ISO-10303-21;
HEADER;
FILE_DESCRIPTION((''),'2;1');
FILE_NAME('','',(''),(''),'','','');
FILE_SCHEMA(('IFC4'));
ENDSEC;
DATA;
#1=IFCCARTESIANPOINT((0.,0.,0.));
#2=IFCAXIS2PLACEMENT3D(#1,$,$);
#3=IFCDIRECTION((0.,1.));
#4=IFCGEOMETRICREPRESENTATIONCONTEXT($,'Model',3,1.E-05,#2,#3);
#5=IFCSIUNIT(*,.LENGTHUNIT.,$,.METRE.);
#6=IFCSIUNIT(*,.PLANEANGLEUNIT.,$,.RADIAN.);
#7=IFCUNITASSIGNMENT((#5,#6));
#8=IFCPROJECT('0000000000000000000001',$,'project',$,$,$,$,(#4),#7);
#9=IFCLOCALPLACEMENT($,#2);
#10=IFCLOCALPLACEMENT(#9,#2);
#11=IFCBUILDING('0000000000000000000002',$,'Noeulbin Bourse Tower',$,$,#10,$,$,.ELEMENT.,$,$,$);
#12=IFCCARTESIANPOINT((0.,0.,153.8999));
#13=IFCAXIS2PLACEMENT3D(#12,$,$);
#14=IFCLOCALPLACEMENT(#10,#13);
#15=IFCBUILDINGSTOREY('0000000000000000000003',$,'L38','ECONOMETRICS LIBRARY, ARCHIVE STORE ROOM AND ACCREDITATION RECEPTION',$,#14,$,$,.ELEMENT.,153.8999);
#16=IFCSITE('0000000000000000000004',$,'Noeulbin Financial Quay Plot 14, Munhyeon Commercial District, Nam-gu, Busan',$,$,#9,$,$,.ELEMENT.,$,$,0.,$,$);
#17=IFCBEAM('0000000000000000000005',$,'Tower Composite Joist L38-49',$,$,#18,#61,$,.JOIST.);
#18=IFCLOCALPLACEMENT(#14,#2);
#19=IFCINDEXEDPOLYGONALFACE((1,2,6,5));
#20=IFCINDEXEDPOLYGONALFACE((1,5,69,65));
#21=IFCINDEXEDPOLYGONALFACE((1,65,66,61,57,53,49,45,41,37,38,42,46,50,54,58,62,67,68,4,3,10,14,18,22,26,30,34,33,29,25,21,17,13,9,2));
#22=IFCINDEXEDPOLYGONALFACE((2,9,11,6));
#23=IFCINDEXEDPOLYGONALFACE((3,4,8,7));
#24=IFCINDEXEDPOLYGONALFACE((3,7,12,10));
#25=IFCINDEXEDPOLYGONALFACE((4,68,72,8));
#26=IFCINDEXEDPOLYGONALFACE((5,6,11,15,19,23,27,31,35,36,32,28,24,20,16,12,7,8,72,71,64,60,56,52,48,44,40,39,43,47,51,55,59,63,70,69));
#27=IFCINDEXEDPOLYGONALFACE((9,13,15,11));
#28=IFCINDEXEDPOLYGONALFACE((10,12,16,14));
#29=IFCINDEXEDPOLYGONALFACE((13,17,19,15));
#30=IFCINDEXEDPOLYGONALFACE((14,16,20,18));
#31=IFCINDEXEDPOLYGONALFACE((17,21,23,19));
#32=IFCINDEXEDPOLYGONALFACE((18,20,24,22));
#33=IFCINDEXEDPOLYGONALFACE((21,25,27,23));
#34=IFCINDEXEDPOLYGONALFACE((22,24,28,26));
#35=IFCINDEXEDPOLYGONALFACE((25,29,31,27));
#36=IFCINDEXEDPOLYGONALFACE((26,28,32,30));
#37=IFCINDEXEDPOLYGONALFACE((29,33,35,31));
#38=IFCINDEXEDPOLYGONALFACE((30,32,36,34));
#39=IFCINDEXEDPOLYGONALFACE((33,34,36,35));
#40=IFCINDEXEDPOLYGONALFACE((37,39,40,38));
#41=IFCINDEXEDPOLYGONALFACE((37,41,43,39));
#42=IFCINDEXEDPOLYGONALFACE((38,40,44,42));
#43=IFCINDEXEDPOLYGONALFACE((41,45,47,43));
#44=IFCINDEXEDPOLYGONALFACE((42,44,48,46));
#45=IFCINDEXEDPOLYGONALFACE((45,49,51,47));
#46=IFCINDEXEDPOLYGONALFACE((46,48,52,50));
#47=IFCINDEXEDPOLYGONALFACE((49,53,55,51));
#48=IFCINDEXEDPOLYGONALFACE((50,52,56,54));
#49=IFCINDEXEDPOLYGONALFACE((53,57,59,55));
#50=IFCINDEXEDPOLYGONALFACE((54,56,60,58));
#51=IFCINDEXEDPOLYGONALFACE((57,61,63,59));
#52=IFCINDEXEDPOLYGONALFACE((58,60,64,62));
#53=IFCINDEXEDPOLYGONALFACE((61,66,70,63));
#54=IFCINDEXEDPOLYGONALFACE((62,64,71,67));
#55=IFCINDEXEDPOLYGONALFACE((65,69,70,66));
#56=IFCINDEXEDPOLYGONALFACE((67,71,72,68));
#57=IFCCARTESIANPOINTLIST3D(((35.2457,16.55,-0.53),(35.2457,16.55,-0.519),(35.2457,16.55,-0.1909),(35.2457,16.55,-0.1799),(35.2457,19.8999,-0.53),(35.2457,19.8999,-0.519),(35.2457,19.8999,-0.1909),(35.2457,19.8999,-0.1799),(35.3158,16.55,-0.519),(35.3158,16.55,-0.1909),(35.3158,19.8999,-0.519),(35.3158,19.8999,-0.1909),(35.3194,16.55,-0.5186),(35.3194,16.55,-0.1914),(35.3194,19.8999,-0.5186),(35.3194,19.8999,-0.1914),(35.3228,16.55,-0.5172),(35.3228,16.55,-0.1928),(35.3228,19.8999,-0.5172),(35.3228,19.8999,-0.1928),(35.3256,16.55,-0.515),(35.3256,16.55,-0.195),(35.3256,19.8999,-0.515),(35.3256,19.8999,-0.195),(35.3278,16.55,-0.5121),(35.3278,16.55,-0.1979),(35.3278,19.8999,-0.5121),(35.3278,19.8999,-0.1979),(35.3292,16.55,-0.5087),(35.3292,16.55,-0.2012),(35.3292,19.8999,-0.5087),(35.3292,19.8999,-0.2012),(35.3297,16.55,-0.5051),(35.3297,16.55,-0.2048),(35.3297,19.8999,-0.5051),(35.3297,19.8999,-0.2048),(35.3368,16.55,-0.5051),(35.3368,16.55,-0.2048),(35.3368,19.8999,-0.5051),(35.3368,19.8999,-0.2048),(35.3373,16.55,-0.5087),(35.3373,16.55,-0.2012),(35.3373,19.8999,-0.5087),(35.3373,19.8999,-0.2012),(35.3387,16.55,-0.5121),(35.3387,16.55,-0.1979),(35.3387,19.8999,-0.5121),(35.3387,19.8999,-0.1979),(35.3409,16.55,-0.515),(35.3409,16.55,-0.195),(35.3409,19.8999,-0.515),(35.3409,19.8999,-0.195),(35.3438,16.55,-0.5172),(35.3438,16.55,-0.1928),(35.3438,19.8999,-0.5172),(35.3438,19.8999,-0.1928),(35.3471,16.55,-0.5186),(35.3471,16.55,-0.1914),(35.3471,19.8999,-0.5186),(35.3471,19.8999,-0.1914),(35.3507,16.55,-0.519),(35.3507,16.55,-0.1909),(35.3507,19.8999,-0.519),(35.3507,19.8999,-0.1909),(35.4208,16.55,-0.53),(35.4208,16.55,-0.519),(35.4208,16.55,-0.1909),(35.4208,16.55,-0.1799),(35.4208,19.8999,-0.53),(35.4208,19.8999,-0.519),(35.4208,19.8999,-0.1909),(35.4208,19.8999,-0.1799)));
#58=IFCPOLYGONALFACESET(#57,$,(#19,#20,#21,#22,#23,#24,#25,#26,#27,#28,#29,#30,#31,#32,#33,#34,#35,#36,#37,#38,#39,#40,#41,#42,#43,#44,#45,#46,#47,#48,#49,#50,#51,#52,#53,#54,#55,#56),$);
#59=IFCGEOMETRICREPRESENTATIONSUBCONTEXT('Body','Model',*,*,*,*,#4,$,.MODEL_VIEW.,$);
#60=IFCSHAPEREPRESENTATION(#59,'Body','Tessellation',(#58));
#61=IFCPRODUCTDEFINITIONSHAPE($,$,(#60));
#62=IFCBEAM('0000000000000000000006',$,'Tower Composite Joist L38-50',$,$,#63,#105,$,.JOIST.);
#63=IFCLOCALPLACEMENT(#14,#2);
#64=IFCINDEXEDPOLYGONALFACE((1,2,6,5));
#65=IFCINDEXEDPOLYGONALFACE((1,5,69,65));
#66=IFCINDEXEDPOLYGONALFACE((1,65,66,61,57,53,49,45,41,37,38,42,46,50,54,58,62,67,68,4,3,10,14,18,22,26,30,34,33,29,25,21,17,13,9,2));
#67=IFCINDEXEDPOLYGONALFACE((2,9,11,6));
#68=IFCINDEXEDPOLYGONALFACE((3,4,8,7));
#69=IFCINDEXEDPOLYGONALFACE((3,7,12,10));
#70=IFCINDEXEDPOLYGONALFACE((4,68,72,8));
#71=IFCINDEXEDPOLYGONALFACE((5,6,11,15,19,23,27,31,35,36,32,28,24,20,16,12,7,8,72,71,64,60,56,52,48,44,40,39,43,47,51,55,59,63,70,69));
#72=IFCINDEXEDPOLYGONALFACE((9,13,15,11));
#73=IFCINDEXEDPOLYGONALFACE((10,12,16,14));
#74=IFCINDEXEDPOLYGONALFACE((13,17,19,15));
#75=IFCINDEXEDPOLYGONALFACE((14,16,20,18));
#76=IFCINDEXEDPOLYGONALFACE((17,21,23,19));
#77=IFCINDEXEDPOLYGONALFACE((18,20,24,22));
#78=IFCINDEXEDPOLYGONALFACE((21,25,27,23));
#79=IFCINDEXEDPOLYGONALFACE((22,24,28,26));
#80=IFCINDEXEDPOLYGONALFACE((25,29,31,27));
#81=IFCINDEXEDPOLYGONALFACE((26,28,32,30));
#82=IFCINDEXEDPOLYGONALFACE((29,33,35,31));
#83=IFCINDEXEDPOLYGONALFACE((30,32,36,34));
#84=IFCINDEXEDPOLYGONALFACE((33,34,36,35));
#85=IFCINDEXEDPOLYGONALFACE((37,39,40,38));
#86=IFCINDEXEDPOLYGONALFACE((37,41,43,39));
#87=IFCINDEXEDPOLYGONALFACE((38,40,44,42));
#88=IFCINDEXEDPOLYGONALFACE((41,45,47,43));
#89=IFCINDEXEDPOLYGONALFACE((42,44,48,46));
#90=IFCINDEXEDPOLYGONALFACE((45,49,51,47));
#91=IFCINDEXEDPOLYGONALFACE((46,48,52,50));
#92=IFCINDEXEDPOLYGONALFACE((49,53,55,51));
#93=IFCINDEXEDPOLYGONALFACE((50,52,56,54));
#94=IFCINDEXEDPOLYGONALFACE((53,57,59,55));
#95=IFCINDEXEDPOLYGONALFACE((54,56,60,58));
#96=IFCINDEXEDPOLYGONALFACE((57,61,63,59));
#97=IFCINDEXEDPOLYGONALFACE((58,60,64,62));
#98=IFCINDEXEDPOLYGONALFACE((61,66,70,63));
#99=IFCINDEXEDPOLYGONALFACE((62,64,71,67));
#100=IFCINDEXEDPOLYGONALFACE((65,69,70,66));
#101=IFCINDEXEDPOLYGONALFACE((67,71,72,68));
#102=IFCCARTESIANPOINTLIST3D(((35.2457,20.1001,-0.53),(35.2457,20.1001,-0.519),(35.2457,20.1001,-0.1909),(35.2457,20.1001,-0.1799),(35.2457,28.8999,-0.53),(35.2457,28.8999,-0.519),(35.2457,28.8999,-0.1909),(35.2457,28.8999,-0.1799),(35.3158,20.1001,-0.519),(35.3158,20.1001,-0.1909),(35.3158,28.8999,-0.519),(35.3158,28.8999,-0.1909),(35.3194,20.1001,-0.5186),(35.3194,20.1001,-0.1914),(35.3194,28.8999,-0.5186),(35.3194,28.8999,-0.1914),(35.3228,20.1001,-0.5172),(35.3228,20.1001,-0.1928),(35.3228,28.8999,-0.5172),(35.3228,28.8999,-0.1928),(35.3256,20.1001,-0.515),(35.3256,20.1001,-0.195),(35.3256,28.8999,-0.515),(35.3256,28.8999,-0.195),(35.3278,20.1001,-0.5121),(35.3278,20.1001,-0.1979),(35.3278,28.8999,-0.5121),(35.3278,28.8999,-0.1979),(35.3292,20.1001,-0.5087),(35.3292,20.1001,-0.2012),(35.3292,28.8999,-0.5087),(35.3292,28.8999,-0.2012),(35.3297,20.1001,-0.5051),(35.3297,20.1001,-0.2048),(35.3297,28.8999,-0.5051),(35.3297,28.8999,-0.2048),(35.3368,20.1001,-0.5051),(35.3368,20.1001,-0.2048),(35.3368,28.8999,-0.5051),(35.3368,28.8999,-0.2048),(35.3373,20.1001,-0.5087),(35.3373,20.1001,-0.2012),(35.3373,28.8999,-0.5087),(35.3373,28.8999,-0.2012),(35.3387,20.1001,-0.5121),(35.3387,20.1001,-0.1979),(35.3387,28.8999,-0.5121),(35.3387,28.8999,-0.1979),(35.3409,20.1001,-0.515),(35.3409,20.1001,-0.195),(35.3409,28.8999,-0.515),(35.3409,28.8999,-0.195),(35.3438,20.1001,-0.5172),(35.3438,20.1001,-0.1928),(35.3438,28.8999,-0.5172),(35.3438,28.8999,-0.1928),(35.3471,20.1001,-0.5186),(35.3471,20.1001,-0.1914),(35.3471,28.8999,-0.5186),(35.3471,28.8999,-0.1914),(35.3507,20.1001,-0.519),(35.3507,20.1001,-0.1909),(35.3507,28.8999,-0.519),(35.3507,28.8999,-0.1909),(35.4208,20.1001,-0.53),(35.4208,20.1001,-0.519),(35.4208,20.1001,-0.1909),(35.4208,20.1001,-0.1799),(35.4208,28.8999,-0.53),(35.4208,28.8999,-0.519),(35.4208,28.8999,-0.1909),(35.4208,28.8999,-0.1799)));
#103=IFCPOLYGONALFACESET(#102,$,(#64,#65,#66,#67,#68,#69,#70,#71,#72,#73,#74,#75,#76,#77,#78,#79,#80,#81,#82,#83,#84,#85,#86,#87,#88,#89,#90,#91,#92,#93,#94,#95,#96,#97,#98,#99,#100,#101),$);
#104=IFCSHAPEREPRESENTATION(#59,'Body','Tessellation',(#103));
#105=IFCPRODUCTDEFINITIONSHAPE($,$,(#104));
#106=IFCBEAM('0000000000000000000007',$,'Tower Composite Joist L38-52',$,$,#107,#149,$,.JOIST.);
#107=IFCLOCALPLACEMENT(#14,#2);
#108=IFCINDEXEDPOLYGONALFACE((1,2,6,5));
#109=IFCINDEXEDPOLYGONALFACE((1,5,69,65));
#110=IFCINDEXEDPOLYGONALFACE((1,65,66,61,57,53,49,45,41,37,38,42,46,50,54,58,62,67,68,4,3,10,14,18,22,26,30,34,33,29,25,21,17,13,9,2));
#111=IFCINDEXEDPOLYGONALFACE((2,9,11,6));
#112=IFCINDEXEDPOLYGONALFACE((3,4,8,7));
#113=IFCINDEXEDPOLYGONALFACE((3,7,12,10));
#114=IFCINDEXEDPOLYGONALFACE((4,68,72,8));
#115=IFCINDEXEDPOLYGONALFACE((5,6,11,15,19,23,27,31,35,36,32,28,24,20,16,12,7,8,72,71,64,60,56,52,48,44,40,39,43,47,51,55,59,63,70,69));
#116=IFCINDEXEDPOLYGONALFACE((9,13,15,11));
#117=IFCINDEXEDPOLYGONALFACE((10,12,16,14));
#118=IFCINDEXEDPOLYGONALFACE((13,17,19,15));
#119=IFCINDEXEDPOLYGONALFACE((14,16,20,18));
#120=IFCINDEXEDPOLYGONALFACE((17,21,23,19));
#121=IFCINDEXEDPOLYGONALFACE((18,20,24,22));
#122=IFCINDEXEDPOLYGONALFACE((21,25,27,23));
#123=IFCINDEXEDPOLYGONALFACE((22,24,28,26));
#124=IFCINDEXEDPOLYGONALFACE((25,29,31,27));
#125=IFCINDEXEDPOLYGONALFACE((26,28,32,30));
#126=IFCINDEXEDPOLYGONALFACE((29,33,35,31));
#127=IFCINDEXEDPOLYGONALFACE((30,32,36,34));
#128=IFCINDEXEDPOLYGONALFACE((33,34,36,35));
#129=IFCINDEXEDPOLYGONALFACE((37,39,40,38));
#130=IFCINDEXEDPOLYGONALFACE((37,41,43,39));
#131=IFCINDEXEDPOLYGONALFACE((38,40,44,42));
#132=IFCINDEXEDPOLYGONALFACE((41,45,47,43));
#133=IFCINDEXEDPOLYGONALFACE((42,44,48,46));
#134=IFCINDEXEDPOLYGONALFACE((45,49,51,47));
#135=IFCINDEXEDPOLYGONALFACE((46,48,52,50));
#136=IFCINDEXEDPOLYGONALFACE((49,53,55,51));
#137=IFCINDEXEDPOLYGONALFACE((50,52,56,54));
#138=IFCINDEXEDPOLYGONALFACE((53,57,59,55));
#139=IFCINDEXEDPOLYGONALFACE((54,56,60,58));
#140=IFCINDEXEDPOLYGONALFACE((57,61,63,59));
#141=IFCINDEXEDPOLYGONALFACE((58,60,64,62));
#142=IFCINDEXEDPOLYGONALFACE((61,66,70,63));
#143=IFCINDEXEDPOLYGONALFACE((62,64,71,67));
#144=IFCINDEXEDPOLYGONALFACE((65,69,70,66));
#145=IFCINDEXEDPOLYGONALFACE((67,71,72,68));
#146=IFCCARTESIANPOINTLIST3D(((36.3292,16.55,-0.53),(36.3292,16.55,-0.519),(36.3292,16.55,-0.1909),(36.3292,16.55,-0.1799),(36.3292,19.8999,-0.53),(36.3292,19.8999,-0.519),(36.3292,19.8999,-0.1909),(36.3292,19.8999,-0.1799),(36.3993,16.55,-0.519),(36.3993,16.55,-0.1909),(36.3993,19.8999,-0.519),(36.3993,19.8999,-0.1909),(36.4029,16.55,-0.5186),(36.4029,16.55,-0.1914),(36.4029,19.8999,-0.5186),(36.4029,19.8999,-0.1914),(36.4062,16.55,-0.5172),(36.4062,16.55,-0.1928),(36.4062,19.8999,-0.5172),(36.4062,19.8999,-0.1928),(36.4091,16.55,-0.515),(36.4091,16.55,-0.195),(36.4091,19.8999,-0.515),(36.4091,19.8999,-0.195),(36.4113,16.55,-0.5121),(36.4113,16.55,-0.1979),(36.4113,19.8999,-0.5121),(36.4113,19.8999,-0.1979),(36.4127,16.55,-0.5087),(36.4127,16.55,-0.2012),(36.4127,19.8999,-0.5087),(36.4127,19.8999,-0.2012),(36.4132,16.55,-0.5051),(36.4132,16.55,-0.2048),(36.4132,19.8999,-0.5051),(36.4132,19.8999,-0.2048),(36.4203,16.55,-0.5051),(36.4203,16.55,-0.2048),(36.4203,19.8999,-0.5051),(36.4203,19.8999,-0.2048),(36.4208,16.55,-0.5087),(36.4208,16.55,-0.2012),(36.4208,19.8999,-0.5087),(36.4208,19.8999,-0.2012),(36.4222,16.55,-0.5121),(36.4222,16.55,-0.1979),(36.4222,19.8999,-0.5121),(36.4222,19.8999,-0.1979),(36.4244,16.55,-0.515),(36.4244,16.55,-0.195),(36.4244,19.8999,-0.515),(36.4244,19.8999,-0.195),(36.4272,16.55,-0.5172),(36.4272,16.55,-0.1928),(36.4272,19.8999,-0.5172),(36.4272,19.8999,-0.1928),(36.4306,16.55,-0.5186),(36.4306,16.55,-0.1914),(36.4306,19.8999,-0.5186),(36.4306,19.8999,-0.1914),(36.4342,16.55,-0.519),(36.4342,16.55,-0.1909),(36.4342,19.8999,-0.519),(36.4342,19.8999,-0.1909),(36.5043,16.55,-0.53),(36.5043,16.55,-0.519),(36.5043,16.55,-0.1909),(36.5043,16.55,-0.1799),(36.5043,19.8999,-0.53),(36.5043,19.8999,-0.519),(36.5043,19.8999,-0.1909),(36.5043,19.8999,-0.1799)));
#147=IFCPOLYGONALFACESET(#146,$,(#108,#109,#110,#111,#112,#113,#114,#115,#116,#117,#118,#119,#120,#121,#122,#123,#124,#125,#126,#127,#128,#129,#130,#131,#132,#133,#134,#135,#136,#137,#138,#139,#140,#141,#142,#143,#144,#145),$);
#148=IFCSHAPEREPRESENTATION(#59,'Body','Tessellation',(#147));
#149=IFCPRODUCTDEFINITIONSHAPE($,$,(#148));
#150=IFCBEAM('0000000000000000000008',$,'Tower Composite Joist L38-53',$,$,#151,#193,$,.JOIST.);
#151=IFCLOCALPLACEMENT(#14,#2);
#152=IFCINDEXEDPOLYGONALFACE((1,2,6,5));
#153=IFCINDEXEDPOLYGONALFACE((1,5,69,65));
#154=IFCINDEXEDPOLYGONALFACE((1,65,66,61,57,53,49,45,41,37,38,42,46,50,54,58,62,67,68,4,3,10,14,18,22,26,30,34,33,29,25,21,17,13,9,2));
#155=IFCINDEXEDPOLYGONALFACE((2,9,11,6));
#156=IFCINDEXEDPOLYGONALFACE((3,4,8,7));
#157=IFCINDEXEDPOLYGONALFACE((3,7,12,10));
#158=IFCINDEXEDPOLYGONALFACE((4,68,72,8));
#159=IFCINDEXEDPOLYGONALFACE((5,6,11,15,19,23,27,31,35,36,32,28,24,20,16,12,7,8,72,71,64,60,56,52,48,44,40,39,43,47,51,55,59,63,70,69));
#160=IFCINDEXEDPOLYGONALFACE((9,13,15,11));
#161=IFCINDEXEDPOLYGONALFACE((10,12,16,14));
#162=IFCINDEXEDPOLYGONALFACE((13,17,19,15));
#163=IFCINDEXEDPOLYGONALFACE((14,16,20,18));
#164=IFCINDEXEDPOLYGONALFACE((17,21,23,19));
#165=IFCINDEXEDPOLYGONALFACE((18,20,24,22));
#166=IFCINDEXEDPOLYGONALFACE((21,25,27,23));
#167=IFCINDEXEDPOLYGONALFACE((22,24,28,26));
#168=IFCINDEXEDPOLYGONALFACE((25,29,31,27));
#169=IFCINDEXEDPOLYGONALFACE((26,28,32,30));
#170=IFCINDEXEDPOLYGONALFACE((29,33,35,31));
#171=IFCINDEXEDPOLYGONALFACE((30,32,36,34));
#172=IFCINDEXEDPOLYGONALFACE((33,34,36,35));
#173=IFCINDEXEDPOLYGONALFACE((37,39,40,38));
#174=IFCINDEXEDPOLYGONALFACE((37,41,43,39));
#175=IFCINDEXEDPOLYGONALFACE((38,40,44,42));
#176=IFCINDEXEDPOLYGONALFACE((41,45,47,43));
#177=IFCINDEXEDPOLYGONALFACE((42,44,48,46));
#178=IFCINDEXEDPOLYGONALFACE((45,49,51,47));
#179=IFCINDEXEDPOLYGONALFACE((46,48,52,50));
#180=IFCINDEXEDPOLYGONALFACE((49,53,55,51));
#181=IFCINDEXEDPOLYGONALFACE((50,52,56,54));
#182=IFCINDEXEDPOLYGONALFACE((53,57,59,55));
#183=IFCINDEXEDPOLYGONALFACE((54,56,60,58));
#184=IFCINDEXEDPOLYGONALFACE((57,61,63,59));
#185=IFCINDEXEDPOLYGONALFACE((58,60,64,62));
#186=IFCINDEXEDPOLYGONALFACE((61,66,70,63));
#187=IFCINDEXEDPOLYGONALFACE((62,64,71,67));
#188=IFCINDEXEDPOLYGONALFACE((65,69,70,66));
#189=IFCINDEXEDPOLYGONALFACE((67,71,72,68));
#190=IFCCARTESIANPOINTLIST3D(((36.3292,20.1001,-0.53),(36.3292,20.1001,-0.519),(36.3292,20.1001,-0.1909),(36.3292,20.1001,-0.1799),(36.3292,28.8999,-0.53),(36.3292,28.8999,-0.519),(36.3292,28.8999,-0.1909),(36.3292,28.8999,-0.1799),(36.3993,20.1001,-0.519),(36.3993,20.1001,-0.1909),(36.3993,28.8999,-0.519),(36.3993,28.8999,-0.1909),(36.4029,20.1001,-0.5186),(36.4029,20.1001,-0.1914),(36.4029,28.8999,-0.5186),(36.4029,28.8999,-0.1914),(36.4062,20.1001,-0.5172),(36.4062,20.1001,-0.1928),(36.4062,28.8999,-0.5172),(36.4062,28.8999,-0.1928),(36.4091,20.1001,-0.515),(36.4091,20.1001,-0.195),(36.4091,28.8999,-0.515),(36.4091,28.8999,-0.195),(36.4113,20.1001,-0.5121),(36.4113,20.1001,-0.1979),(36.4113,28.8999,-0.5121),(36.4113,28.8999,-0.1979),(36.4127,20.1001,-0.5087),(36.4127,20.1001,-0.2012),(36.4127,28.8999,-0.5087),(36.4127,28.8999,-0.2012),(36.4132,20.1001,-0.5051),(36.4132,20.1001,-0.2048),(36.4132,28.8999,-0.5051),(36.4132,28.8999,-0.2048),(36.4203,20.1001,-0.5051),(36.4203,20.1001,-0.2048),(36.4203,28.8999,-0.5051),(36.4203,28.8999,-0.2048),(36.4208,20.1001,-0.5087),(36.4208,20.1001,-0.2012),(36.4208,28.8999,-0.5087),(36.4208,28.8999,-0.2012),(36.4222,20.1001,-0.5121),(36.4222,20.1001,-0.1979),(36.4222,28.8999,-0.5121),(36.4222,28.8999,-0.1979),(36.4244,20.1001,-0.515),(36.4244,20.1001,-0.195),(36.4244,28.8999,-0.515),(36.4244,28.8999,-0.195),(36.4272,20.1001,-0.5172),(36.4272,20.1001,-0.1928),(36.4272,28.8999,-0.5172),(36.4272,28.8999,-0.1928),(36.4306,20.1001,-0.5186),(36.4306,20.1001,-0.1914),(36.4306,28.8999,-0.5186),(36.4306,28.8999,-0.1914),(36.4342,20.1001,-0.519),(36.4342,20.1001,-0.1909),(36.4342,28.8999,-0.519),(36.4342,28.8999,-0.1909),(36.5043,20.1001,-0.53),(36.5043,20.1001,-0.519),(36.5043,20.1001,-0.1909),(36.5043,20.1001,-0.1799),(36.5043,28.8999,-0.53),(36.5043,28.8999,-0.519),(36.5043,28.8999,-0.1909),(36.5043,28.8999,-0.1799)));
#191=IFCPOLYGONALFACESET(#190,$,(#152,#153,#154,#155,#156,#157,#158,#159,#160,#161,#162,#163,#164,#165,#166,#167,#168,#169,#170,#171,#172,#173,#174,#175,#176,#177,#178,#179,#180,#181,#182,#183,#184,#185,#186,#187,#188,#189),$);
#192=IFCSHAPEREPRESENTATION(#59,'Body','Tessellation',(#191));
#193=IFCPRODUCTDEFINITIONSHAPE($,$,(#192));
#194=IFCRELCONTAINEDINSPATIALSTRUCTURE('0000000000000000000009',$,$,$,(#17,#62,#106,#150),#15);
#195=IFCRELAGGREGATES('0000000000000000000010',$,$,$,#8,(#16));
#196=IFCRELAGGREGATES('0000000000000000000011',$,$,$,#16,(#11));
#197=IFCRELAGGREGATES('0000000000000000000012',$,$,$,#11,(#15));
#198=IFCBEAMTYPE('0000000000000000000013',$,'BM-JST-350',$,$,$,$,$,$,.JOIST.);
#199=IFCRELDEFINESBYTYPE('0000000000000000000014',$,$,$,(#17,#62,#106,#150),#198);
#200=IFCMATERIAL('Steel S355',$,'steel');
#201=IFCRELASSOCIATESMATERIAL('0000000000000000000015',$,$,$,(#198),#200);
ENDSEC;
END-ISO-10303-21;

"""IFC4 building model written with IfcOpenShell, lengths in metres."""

from ifc_helpers import new_model, si_unit, direction, frame, origin, origin_2d, place, context, subcontext, project, spatial, i_section, extrude, material, material_profile, profile_set, type_object, element, save


model = new_model("IFC4")

# Units and contexts
model_context = context("Model", 3, precision=1e-05, world=origin(), true_north=direction((0.0, 1.0)))
body_context = subcontext(model_context, "Body", "Model", "MODEL_VIEW")
ifc_project = project(units=[si_unit("LENGTHUNIT", "METRE"), si_unit("PLANEANGLEUNIT", "RADIAN")], contexts=[model_context])

# Site, building, storey
site_placement = place(None, origin())
site = spatial("IfcSite", under=ifc_project, at=site_placement, Name="Noeulbin Financial Quay Plot 14, Munhyeon Commercial District, Nam-gu, Busan", CompositionType="ELEMENT", RefElevation=0.0)
building_placement = place(site_placement, origin())
building = spatial("IfcBuilding", under=site, at=building_placement, Name="Noeulbin Bourse Tower", CompositionType="ELEMENT")
storey_placement = place(building_placement, frame((0.0, 0.0, 153.8999)))
storey = spatial("IfcBuildingStorey", under=building, at=storey_placement, Name="L38", Description="ECONOMETRICS LIBRARY, ARCHIVE STORE ROOM AND ACCREDITATION RECEPTION", CompositionType="ELEMENT", Elevation=153.8999)

# Beams
ifc_material_1 = material(Name="Steel S355", Category="steel")
ifc_material_profile_1 = material_profile(ifc_material_1, i_section(OverallWidth=0.175, OverallDepth=0.3501, WebThickness=0.0071, FlangeThickness=0.011, FilletRadius=0.0139, at=origin_2d()), Name="H-350x175x7x11", Category="LoadBearing")
ifc_profile_set_1 = profile_set([ifc_material_profile_1], Name="Steel S355")
beam_type_1 = type_object("IfcBeamType", Name="BM-JST-350", PredefinedType="JOIST", material=ifc_profile_set_1)
beam_1_placement = place(storey_placement, frame((35.3333, 16.55, -0.355), z_axis=(0.0, 1.0, 0.0), x_axis=(-1.0, 0.0, 0.0)))
element("IfcBeam", 1, at=beam_1_placement, inside=storey, type_object=beam_type_1, Name="Tower Composite Joist L38-49", PredefinedType="JOIST", context=body_context, shape_type="SweptSolid", body=[
    extrude(i_section(OverallWidth=0.175, OverallDepth=0.3501, WebThickness=0.0071, FlangeThickness=0.011, FilletRadius=0.0139, at=origin_2d()), origin(), (0.0, 0.0, 1.0), 3.3499),
])
beam_2_placement = place(storey_placement, frame((35.3333, 20.1001, -0.355), z_axis=(0.0, 1.0, 0.0), x_axis=(-1.0, 0.0, 0.0)))
element("IfcBeam", 2, at=beam_2_placement, inside=storey, type_object=beam_type_1, Name="Tower Composite Joist L38-50", PredefinedType="JOIST", context=body_context, shape_type="SweptSolid", body=[
    extrude(i_section(OverallWidth=0.175, OverallDepth=0.3501, WebThickness=0.0071, FlangeThickness=0.011, FilletRadius=0.0139, at=origin_2d()), origin(), (0.0, 0.0, 1.0), 8.7998),
])
beam_3_placement = place(storey_placement, frame((36.4167, 16.55, -0.355), z_axis=(0.0, 1.0, 0.0), x_axis=(-1.0, 0.0, 0.0)))
element("IfcBeam", 3, at=beam_3_placement, inside=storey, type_object=beam_type_1, Name="Tower Composite Joist L38-52", PredefinedType="JOIST", context=body_context, shape_type="SweptSolid", body=[
    extrude(i_section(OverallWidth=0.175, OverallDepth=0.3501, WebThickness=0.0071, FlangeThickness=0.011, FilletRadius=0.0139, at=origin_2d()), origin(), (0.0, 0.0, 1.0), 3.3499),
])
beam_4_placement = place(storey_placement, frame((36.4167, 20.1001, -0.355), z_axis=(0.0, 1.0, 0.0), x_axis=(-1.0, 0.0, 0.0)))
element("IfcBeam", 4, at=beam_4_placement, inside=storey, type_object=beam_type_1, Name="Tower Composite Joist L38-53", PredefinedType="JOIST", context=body_context, shape_type="SweptSolid", body=[
    extrude(i_section(OverallWidth=0.175, OverallDepth=0.3501, WebThickness=0.0071, FlangeThickness=0.011, FilletRadius=0.0139, at=origin_2d()), origin(), (0.0, 0.0, 1.0), 8.7998),
])

save(model, "model.ifc")
